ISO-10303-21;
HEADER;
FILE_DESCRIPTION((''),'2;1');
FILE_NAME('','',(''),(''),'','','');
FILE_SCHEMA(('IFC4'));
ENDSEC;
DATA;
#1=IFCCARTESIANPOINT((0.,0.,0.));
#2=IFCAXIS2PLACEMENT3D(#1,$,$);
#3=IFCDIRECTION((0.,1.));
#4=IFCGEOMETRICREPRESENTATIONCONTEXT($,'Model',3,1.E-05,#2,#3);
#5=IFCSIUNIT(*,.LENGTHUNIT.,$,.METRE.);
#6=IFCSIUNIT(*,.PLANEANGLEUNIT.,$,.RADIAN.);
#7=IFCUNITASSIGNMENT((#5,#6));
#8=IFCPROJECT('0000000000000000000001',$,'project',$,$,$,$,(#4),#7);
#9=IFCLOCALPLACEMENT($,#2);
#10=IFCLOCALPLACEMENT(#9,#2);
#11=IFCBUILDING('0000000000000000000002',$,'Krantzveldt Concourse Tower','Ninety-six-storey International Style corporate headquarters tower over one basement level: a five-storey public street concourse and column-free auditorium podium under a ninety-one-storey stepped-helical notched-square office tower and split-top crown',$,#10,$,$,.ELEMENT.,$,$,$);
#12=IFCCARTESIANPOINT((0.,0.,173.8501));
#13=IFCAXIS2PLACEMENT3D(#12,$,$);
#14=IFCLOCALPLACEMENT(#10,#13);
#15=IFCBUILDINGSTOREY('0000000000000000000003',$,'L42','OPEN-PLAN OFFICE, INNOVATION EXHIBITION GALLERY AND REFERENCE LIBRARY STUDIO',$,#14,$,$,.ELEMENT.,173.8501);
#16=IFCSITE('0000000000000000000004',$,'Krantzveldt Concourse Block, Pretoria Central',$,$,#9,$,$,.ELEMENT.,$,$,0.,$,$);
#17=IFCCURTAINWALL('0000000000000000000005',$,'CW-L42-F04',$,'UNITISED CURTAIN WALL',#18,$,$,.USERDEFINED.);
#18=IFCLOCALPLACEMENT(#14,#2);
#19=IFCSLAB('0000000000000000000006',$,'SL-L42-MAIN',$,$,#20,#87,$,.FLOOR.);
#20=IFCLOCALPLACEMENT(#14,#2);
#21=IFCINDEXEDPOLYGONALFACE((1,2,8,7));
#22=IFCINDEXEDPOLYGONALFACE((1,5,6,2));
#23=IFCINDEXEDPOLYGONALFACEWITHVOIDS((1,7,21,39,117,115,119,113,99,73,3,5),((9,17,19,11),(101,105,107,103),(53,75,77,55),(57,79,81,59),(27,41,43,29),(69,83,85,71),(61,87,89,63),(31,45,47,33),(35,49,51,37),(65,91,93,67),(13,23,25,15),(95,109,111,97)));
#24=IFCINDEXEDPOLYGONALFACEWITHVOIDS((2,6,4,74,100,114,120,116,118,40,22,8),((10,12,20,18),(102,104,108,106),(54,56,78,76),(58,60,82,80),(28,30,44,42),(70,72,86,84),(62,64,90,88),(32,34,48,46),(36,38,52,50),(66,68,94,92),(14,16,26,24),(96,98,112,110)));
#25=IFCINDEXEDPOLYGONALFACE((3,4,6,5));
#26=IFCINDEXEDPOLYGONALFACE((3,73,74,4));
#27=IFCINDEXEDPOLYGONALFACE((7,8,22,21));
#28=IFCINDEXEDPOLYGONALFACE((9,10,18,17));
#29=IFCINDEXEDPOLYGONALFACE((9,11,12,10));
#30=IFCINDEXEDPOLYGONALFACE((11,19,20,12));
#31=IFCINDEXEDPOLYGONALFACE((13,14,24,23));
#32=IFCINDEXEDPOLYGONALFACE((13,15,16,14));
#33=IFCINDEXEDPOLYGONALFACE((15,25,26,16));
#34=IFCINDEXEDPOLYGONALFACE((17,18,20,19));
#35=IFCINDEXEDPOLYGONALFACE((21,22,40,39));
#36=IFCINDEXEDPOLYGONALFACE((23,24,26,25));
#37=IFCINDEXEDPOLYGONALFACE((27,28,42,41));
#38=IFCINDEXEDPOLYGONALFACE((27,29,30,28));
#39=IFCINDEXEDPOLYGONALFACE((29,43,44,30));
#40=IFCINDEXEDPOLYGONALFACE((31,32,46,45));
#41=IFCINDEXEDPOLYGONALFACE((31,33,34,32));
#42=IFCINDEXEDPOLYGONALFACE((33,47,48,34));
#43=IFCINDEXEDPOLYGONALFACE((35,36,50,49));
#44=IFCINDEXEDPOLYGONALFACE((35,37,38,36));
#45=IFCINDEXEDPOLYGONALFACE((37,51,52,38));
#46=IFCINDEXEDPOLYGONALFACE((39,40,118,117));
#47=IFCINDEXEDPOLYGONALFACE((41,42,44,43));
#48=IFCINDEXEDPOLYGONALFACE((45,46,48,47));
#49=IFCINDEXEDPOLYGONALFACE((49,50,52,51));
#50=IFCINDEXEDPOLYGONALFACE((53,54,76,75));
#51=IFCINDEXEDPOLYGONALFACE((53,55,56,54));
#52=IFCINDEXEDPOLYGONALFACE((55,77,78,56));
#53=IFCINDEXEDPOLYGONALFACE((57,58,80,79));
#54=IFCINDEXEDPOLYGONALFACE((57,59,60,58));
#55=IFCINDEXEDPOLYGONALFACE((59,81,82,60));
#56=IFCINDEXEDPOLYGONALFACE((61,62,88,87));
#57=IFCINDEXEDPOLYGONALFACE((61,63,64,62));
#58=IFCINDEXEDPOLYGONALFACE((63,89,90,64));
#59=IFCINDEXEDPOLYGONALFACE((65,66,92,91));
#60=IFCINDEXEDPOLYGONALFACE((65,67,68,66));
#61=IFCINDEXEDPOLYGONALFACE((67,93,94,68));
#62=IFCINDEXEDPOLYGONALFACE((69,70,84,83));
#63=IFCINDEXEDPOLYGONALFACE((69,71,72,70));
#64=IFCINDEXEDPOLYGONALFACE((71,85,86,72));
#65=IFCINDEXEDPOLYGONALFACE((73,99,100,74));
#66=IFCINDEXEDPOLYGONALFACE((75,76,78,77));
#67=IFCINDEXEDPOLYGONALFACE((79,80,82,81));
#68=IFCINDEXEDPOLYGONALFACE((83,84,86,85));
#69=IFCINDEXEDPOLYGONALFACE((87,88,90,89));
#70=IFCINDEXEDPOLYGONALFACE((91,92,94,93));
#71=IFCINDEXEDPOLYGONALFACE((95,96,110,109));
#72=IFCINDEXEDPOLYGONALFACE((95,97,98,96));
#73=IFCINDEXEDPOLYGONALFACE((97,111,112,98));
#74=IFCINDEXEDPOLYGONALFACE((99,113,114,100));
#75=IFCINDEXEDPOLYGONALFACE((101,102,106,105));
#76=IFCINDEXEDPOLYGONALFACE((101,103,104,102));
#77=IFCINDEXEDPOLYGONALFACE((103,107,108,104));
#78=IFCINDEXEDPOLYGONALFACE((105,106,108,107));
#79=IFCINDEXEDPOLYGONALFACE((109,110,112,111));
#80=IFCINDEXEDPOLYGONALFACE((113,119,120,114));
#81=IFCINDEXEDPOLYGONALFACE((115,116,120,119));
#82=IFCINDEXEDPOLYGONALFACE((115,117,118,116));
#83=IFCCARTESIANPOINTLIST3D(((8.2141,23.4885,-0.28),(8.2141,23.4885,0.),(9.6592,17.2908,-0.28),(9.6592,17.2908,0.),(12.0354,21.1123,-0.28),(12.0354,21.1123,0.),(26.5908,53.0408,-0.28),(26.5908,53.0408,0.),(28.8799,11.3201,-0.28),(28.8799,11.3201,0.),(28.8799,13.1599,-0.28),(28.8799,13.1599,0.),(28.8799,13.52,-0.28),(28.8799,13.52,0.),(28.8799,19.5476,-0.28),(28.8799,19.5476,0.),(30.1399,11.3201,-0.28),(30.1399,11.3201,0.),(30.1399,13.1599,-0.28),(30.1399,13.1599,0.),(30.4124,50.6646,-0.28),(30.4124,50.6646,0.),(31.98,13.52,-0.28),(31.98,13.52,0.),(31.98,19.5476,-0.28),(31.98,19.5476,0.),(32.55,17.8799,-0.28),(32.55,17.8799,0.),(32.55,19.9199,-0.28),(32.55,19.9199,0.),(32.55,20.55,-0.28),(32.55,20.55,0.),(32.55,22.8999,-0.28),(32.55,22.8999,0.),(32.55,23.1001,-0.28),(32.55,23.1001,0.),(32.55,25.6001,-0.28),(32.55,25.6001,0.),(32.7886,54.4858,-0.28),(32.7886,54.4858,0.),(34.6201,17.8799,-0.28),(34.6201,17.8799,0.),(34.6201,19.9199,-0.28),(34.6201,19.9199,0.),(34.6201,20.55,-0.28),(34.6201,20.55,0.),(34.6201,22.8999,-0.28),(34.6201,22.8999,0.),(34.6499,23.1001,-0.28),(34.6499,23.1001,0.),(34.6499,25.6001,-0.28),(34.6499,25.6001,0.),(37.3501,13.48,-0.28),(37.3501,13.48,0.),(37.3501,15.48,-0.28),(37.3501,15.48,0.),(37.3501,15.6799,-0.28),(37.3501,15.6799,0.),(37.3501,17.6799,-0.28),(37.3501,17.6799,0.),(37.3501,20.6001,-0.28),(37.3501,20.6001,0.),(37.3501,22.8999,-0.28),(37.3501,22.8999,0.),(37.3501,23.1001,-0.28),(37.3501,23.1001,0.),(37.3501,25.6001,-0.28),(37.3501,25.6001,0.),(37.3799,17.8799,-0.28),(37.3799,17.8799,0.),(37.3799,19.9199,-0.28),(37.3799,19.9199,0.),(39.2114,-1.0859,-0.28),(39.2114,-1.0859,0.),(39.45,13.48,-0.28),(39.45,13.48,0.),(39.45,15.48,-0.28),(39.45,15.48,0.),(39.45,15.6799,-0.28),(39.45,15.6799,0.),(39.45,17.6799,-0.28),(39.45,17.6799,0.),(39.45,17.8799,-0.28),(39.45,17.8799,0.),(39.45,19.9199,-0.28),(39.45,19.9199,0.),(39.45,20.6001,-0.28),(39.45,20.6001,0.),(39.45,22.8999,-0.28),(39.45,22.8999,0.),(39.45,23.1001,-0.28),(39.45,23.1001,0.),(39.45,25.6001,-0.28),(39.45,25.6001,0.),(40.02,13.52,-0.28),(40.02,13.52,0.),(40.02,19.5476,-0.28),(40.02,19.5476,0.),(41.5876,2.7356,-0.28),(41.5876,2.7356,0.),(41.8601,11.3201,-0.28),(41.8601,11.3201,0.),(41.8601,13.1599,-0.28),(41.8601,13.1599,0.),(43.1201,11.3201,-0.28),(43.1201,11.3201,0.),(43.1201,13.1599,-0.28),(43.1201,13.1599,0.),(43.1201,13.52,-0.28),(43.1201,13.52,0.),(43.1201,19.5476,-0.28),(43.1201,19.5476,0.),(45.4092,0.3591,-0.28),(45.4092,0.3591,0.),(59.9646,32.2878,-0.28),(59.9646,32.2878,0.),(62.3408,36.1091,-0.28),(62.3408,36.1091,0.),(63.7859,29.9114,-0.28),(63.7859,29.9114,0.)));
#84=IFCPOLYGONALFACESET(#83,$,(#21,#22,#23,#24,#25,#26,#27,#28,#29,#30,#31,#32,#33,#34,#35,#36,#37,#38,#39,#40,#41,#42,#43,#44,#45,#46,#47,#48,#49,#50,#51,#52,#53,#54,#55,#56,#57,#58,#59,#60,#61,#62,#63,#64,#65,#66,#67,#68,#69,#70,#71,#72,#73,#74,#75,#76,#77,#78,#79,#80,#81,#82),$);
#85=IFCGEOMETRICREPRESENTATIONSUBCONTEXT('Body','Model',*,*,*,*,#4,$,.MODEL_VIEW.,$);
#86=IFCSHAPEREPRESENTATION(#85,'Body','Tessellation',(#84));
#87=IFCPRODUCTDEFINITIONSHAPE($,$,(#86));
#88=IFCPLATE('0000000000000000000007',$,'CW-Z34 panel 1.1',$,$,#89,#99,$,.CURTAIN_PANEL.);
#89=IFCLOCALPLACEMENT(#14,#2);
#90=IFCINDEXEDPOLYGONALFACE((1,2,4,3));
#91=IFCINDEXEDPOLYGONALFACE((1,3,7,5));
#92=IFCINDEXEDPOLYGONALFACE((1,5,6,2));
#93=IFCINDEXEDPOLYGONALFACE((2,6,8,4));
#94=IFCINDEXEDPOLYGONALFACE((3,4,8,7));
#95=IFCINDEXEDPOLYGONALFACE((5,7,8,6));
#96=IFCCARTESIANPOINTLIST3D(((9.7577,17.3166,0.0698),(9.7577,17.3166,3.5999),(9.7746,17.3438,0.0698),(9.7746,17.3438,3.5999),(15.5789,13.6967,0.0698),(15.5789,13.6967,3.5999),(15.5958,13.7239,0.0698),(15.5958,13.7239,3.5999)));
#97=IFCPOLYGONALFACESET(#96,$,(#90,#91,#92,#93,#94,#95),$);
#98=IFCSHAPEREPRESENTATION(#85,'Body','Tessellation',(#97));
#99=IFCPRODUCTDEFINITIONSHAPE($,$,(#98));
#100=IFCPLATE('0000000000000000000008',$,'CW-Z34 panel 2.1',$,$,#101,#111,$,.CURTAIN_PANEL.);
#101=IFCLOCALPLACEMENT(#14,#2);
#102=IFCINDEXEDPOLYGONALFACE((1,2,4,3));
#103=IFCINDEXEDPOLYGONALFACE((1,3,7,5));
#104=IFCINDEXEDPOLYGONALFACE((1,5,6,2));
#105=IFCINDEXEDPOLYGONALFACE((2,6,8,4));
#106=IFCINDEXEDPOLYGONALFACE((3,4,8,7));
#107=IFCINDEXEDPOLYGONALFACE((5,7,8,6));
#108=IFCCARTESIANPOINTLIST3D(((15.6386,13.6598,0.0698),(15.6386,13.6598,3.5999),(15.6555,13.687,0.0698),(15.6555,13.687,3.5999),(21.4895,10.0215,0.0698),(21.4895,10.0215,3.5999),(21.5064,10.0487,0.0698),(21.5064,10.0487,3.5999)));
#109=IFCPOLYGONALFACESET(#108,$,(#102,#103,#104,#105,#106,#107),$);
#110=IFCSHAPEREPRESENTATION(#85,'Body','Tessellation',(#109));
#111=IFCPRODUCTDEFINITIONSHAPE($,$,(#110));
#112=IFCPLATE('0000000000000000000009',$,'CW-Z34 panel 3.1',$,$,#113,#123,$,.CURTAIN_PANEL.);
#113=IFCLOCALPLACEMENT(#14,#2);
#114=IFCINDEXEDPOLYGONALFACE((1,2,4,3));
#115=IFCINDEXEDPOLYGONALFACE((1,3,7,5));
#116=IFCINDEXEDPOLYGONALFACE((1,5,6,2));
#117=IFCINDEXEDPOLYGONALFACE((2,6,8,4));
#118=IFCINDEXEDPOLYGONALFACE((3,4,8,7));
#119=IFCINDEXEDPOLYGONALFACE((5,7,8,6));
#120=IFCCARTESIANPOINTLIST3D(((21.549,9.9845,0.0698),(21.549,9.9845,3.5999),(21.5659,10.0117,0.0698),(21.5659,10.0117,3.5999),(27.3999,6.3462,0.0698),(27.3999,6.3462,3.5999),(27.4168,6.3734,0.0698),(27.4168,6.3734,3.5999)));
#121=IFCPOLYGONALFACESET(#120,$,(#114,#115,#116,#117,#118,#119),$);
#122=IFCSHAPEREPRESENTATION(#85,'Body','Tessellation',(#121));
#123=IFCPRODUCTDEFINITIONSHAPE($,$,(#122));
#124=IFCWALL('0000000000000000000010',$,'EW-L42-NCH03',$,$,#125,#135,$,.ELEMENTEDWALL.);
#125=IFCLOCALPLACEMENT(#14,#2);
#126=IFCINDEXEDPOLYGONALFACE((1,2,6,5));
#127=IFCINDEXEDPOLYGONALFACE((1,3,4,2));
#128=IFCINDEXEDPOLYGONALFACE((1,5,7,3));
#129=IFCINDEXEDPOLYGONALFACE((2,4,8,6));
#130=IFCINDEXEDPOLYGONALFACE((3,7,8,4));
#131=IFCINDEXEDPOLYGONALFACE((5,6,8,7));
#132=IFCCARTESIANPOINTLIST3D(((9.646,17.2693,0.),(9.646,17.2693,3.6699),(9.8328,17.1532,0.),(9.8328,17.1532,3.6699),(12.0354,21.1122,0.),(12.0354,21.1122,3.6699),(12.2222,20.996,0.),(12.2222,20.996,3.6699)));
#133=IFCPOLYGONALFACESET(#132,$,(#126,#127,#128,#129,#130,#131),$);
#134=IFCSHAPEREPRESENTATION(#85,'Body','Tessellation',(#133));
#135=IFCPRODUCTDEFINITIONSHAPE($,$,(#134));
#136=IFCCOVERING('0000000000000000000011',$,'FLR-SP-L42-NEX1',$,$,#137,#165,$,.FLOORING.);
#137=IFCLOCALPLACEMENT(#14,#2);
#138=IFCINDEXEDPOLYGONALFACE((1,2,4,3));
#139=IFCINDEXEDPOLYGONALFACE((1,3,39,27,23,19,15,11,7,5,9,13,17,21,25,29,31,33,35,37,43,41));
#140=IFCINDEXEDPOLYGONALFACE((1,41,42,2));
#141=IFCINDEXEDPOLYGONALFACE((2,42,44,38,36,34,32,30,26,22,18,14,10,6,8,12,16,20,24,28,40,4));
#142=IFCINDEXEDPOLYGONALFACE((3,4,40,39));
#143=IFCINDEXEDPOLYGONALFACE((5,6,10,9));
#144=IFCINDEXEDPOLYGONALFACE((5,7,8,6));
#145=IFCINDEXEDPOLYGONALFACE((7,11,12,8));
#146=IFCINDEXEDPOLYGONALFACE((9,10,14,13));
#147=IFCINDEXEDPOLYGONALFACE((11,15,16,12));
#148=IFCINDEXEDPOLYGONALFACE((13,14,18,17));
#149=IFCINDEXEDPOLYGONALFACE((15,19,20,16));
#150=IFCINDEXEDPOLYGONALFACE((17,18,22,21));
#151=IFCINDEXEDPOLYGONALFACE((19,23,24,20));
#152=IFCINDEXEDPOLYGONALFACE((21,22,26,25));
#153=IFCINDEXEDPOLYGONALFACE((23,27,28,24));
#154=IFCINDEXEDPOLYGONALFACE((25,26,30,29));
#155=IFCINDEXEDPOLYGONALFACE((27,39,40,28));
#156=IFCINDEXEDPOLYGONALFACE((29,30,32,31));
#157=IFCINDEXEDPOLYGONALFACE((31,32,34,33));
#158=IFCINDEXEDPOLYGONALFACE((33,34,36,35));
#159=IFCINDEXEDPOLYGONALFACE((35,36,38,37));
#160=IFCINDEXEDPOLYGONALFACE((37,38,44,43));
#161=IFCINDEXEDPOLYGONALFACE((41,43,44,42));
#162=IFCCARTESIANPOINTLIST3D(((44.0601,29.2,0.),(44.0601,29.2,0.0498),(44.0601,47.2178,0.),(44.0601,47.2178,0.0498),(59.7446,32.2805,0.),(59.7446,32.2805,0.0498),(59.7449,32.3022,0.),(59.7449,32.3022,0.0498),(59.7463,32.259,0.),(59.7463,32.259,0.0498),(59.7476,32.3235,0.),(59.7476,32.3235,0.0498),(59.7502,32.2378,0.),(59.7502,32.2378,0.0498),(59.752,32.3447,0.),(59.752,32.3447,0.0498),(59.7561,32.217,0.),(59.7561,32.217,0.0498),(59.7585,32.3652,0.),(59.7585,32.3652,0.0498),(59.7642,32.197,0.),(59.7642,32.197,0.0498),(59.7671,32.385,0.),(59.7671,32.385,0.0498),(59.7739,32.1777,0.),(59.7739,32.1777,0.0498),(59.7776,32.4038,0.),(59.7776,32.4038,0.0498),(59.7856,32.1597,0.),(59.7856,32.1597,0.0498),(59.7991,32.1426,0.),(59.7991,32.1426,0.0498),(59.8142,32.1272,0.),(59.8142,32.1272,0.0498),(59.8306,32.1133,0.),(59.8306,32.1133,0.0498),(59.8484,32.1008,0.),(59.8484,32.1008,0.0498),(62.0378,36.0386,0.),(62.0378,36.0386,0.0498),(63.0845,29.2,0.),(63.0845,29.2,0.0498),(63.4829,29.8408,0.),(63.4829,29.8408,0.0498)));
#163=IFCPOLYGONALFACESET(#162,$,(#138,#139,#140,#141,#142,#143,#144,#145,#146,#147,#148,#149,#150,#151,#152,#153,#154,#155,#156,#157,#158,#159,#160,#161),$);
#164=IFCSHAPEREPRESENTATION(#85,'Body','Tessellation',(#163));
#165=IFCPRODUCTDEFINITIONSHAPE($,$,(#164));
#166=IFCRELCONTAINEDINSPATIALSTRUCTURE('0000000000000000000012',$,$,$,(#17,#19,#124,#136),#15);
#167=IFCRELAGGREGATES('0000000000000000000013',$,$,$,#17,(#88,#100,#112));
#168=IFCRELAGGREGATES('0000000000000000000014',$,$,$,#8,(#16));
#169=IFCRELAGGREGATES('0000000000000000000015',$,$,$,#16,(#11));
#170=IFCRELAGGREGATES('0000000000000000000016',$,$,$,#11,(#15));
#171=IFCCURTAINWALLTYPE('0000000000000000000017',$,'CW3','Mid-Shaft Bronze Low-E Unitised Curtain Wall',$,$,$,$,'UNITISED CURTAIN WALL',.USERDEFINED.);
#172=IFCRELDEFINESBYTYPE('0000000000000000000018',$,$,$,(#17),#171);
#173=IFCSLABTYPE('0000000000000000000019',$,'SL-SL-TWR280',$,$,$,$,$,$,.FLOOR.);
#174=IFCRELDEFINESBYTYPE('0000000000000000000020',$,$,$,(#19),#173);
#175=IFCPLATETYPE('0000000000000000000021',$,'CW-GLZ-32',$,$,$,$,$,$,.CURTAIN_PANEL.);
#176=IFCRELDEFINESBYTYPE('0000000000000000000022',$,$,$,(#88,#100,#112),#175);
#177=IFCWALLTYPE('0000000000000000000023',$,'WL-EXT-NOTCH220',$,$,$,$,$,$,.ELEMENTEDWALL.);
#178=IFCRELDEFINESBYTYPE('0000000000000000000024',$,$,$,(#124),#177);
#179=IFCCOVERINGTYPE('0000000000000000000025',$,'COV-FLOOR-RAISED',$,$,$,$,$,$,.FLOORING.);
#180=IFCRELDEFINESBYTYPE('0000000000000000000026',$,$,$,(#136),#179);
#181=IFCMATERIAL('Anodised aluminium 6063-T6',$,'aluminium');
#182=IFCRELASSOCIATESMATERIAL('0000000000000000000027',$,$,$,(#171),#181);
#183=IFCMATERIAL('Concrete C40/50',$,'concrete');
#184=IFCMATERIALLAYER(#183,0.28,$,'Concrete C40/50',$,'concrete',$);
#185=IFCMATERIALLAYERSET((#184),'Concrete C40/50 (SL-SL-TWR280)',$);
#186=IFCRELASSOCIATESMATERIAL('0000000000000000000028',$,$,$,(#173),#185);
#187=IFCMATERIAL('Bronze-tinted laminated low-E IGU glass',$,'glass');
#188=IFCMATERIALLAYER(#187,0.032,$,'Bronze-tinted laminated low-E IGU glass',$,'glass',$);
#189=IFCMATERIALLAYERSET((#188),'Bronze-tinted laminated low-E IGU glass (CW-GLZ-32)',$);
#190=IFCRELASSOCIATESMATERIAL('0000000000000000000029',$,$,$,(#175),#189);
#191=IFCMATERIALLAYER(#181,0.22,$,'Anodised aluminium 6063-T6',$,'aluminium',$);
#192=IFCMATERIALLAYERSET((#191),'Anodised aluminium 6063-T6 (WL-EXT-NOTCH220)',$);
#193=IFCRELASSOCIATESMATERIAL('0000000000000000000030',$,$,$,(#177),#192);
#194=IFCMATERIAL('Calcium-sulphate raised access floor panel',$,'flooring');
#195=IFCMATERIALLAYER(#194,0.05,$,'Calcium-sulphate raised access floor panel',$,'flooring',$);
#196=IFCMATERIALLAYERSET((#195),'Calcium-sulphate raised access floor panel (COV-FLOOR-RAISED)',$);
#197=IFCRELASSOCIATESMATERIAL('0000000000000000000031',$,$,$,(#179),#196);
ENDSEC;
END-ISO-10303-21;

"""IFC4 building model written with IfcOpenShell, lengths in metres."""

from ifc_helpers import new_model, si_unit, direction, frame, frame_2d, origin, origin_2d, place, context, subcontext, project, spatial, polyline, rectangle, outline, extrude, source, transform, mapped, material, layer, layer_set, type_object, type_shapes, element, aggregate, save


model = new_model("IFC4")

# Units and contexts
model_context = context("Model", 3, precision=1e-05, world=origin(), true_north=direction((0.0, 1.0)))
body_context = subcontext(model_context, "Body", "Model", "MODEL_VIEW")
ifc_project = project(units=[si_unit("LENGTHUNIT", "METRE"), si_unit("PLANEANGLEUNIT", "RADIAN")], contexts=[model_context])

# Site, building, storey
site_placement = place(None, origin())
site = spatial("IfcSite", under=ifc_project, at=site_placement, Name="Krantzveldt Concourse Block, Pretoria Central", CompositionType="ELEMENT", RefElevation=0.0)
building_placement = place(site_placement, origin())
building = spatial("IfcBuilding", under=site, at=building_placement, Name="Krantzveldt Concourse Tower", Description="Ninety-six-storey International Style corporate headquarters tower over one basement level: a five-storey public street concourse and column-free auditorium podium under a ninety-one-storey stepped-helical notched-square office tower and split-top crown", CompositionType="ELEMENT")
storey_placement = place(building_placement, frame((0.0, 0.0, 173.8501)))
storey = spatial("IfcBuildingStorey", under=building, at=storey_placement, Name="L42", Description="OPEN-PLAN OFFICE, INNOVATION EXHIBITION GALLERY AND REFERENCE LIBRARY STUDIO", CompositionType="ELEMENT", Elevation=173.8501)

# Curtain wall
ifc_material_1 = material(Name="Anodised aluminium 6063-T6", Category="aluminium")
curtain_wall_type = type_object("IfcCurtainWallType", Name="CW3", Description="Mid-Shaft Bronze Low-E Unitised Curtain Wall", ElementType="UNITISED CURTAIN WALL", PredefinedType="USERDEFINED", material=ifc_material_1)
curtain_wall_placement = place(storey_placement, origin())
curtain_wall = element("IfcCurtainWall", 1, at=curtain_wall_placement, inside=storey, type_object=curtain_wall_type, Name="CW-L42-F04", ObjectType="UNITISED CURTAIN WALL", PredefinedType="USERDEFINED")

# Slab
ifc_material_2 = material(Name="Concrete C40/50", Category="concrete")
ifc_layer_1 = layer(ifc_material_2, 0.28, Name="Concrete C40/50", Category="concrete")
ifc_layer_set_1 = layer_set([ifc_layer_1], Name="Concrete C40/50 (SL-SL-TWR280)")
slab_type_1 = type_object("IfcSlabType", Name="SL-SL-TWR280", PredefinedType="FLOOR", material=ifc_layer_set_1)
slab_1_placement = place(storey_placement, frame((0.0, 0.0, -0.28)))
element("IfcSlab", 2, at=slab_1_placement, inside=storey, type_object=slab_type_1, Name="SL-L42-MAIN", PredefinedType="FLOOR", context=body_context, shape_type="SweptSolid", body=[
    extrude(outline(polyline([(30.4124, 50.6646), (26.5908, 53.0408), (8.2141, 23.4885), (12.0354, 21.1123), (9.6592, 17.2908), (39.2114, -1.0859), (41.5876, 2.7356), (45.4092, 0.3591), (63.7859, 29.9114), (59.9646, 32.2878), (62.3408, 36.1091), (32.7886, 54.4858), (30.4124, 50.6646)]), holes=[polyline([(28.8799, 19.5476), (28.8799, 13.52), (31.98, 13.52), (31.98, 19.5476), (28.8799, 19.5476)]), polyline([(40.02, 19.5476), (40.02, 13.52), (43.1201, 13.52), (43.1201, 19.5476), (40.02, 19.5476)]), polyline([(32.55, 23.1001), (34.6499, 23.1001), (34.6499, 25.6001), (32.55, 25.6001), (32.55, 23.1001)]), polyline([(37.3501, 23.1001), (39.45, 23.1001), (39.45, 25.6001), (37.3501, 25.6001), (37.3501, 23.1001)]), polyline([(37.3501, 20.6001), (39.45, 20.6001), (39.45, 22.8999), (37.3501, 22.8999), (37.3501, 20.6001)]), polyline([(37.3501, 13.48), (39.45, 13.48), (39.45, 15.48), (37.3501, 15.48), (37.3501, 13.48)]), polyline([(37.3501, 15.6799), (39.45, 15.6799), (39.45, 17.6799), (37.3501, 17.6799), (37.3501, 15.6799)]), polyline([(32.55, 20.55), (34.6201, 20.55), (34.6201, 22.8999), (32.55, 22.8999), (32.55, 20.55)]), polyline([(32.55, 17.8799), (34.6201, 17.8799), (34.6201, 19.9199), (32.55, 19.9199), (32.55, 17.8799)]), polyline([(37.3799, 17.8799), (39.45, 17.8799), (39.45, 19.9199), (37.3799, 19.9199), (37.3799, 17.8799)]), polyline([(28.8799, 11.3201), (30.1399, 11.3201), (30.1399, 13.1599), (28.8799, 13.1599), (28.8799, 11.3201)]), polyline([(41.8601, 11.3201), (43.1201, 11.3201), (43.1201, 13.1599), (41.8601, 13.1599), (41.8601, 11.3201)])]), origin(), (0.0, 0.0, 1.0), 0.28),
])

# Plates
ifc_material_3 = material(Name="Bronze-tinted laminated low-E IGU glass", Category="glass")
ifc_layer_2 = layer(ifc_material_3, 0.032, Name="Bronze-tinted laminated low-E IGU glass", Category="glass")
ifc_layer_set_2 = layer_set([ifc_layer_2], Name="Bronze-tinted laminated low-E IGU glass (CW-GLZ-32)")
plate_type = type_object("IfcPlateType", Name="CW-GLZ-32", PredefinedType="CURTAIN_PANEL", material=ifc_layer_set_2)
shared_shape_1 = source(origin(), body_context, "Body", "SweptSolid", [
    extrude(rectangle(XDim=6.855, YDim=0.032, at=origin_2d()), origin(), (0.0, 0.0, 1.0), 3.53),
])
plate_1_placement = place(storey_placement, frame((12.6768, 15.5203, 0.0698), z_axis=(0.0, 0.0, 1.0), x_axis=(0.849202, -0.528068, 0.0)))
plate_1 = element("IfcPlate", 3, at=plate_1_placement, type_object=plate_type, Name="CW-Z34 panel 1.1", PredefinedType="CURTAIN_PANEL", context=body_context, shape_type="MappedRepresentation", body=[
    mapped(shared_shape_1, transform((0.0, 0.0, 0.0), x_axis=(1.0, 0.0, 0.0), y_axis=(0.0, 1.0, 0.0), z_axis=(0.0, 0.0, 1.0), scale=1.0)),
])
shared_shape_2 = source(origin(), body_context, "Body", "SweptSolid", [
    extrude(rectangle(XDim=6.8899, YDim=0.032, at=origin_2d()), origin(), (0.0, 0.0, 1.0), 3.53),
])
type_shapes(plate_type, [shared_shape_1, shared_shape_2])
plate_2_placement = place(storey_placement, frame((18.5725, 11.8542, 0.0698), z_axis=(0.0, 0.0, 1.0), x_axis=(0.849202, -0.528068, 0.0)))
plate_2 = element("IfcPlate", 4, at=plate_2_placement, type_object=plate_type, Name="CW-Z34 panel 2.1", PredefinedType="CURTAIN_PANEL", context=body_context, shape_type="MappedRepresentation", body=[
    mapped(shared_shape_2, transform((0.0, 0.0, 0.0), x_axis=(1.0, 0.0, 0.0), y_axis=(0.0, 1.0, 0.0), z_axis=(0.0, 0.0, 1.0), scale=1.0)),
])
plate_3_placement = place(storey_placement, frame((24.4829, 8.179, 0.0698), z_axis=(0.0, 0.0, 1.0), x_axis=(0.849202, -0.528068, 0.0)))
plate_3 = element("IfcPlate", 5, at=plate_3_placement, type_object=plate_type, Name="CW-Z34 panel 3.1", PredefinedType="CURTAIN_PANEL", context=body_context, shape_type="MappedRepresentation", body=[
    mapped(shared_shape_2, transform((0.0, 0.0, 0.0), x_axis=(1.0, 0.0, 0.0), y_axis=(0.0, 1.0, 0.0), z_axis=(0.0, 0.0, 1.0), scale=1.0)),
])
aggregate(curtain_wall, [plate_1, plate_2, plate_3])

# Wall
ifc_layer_3 = layer(ifc_material_1, 0.22, Name="Anodised aluminium 6063-T6", Category="aluminium")
ifc_layer_set_3 = layer_set([ifc_layer_3], Name="Anodised aluminium 6063-T6 (WL-EXT-NOTCH220)")
wall_type = type_object("IfcWallType", Name="WL-EXT-NOTCH220", PredefinedType="ELEMENTEDWALL", material=ifc_layer_set_3)
wall_placement = place(storey_placement, frame((12.1289, 21.0542, 0.0), z_axis=(0.0, 0.0, 1.0), x_axis=(-0.528038, -0.849221, 0.0)))
element("IfcWall", 6, at=wall_placement, inside=storey, type_object=wall_type, Name="EW-L42-NCH03", PredefinedType="ELEMENTEDWALL", context=body_context, shape_type="SweptSolid", body=[
    extrude(rectangle(XDim=4.5251, YDim=0.22, at=frame_2d((2.2627, 0.0))), origin(), (0.0, 0.0, 1.0), 3.6699),
])

# Covering
ifc_material_4 = material(Name="Calcium-sulphate raised access floor panel", Category="flooring")
ifc_layer_4 = layer(ifc_material_4, 0.05, Name="Calcium-sulphate raised access floor panel", Category="flooring")
ifc_layer_set_4 = layer_set([ifc_layer_4], Name="Calcium-sulphate raised access floor panel (COV-FLOOR-RAISED)")
covering_type = type_object("IfcCoveringType", Name="COV-FLOOR-RAISED", PredefinedType="FLOORING", material=ifc_layer_set_4)
covering_1_placement = place(storey_placement, origin())
element("IfcCovering", 7, at=covering_1_placement, inside=storey, type_object=covering_type, Name="FLR-SP-L42-NEX1", PredefinedType="FLOORING", context=body_context, shape_type="SweptSolid", body=[
    extrude(outline(polyline([(44.0601, 47.2178), (62.0378, 36.0386), (59.7776, 32.4038), (59.7671, 32.385), (59.7585, 32.3652), (59.752, 32.3447), (59.7476, 32.3235), (59.7449, 32.3022), (59.7446, 32.2805), (59.7463, 32.259), (59.7502, 32.2378), (59.7561, 32.217), (59.7642, 32.197), (59.7739, 32.1777), (59.7856, 32.1597), (59.7991, 32.1426), (59.8142, 32.1272), (59.8306, 32.1133), (59.8484, 32.1008), (63.4829, 29.8408), (63.0845, 29.2), (44.0601, 29.2), (44.0601, 47.2178)])), origin(), (0.0, 0.0, 1.0), 0.0498),
])

save(model, "model.ifc")
